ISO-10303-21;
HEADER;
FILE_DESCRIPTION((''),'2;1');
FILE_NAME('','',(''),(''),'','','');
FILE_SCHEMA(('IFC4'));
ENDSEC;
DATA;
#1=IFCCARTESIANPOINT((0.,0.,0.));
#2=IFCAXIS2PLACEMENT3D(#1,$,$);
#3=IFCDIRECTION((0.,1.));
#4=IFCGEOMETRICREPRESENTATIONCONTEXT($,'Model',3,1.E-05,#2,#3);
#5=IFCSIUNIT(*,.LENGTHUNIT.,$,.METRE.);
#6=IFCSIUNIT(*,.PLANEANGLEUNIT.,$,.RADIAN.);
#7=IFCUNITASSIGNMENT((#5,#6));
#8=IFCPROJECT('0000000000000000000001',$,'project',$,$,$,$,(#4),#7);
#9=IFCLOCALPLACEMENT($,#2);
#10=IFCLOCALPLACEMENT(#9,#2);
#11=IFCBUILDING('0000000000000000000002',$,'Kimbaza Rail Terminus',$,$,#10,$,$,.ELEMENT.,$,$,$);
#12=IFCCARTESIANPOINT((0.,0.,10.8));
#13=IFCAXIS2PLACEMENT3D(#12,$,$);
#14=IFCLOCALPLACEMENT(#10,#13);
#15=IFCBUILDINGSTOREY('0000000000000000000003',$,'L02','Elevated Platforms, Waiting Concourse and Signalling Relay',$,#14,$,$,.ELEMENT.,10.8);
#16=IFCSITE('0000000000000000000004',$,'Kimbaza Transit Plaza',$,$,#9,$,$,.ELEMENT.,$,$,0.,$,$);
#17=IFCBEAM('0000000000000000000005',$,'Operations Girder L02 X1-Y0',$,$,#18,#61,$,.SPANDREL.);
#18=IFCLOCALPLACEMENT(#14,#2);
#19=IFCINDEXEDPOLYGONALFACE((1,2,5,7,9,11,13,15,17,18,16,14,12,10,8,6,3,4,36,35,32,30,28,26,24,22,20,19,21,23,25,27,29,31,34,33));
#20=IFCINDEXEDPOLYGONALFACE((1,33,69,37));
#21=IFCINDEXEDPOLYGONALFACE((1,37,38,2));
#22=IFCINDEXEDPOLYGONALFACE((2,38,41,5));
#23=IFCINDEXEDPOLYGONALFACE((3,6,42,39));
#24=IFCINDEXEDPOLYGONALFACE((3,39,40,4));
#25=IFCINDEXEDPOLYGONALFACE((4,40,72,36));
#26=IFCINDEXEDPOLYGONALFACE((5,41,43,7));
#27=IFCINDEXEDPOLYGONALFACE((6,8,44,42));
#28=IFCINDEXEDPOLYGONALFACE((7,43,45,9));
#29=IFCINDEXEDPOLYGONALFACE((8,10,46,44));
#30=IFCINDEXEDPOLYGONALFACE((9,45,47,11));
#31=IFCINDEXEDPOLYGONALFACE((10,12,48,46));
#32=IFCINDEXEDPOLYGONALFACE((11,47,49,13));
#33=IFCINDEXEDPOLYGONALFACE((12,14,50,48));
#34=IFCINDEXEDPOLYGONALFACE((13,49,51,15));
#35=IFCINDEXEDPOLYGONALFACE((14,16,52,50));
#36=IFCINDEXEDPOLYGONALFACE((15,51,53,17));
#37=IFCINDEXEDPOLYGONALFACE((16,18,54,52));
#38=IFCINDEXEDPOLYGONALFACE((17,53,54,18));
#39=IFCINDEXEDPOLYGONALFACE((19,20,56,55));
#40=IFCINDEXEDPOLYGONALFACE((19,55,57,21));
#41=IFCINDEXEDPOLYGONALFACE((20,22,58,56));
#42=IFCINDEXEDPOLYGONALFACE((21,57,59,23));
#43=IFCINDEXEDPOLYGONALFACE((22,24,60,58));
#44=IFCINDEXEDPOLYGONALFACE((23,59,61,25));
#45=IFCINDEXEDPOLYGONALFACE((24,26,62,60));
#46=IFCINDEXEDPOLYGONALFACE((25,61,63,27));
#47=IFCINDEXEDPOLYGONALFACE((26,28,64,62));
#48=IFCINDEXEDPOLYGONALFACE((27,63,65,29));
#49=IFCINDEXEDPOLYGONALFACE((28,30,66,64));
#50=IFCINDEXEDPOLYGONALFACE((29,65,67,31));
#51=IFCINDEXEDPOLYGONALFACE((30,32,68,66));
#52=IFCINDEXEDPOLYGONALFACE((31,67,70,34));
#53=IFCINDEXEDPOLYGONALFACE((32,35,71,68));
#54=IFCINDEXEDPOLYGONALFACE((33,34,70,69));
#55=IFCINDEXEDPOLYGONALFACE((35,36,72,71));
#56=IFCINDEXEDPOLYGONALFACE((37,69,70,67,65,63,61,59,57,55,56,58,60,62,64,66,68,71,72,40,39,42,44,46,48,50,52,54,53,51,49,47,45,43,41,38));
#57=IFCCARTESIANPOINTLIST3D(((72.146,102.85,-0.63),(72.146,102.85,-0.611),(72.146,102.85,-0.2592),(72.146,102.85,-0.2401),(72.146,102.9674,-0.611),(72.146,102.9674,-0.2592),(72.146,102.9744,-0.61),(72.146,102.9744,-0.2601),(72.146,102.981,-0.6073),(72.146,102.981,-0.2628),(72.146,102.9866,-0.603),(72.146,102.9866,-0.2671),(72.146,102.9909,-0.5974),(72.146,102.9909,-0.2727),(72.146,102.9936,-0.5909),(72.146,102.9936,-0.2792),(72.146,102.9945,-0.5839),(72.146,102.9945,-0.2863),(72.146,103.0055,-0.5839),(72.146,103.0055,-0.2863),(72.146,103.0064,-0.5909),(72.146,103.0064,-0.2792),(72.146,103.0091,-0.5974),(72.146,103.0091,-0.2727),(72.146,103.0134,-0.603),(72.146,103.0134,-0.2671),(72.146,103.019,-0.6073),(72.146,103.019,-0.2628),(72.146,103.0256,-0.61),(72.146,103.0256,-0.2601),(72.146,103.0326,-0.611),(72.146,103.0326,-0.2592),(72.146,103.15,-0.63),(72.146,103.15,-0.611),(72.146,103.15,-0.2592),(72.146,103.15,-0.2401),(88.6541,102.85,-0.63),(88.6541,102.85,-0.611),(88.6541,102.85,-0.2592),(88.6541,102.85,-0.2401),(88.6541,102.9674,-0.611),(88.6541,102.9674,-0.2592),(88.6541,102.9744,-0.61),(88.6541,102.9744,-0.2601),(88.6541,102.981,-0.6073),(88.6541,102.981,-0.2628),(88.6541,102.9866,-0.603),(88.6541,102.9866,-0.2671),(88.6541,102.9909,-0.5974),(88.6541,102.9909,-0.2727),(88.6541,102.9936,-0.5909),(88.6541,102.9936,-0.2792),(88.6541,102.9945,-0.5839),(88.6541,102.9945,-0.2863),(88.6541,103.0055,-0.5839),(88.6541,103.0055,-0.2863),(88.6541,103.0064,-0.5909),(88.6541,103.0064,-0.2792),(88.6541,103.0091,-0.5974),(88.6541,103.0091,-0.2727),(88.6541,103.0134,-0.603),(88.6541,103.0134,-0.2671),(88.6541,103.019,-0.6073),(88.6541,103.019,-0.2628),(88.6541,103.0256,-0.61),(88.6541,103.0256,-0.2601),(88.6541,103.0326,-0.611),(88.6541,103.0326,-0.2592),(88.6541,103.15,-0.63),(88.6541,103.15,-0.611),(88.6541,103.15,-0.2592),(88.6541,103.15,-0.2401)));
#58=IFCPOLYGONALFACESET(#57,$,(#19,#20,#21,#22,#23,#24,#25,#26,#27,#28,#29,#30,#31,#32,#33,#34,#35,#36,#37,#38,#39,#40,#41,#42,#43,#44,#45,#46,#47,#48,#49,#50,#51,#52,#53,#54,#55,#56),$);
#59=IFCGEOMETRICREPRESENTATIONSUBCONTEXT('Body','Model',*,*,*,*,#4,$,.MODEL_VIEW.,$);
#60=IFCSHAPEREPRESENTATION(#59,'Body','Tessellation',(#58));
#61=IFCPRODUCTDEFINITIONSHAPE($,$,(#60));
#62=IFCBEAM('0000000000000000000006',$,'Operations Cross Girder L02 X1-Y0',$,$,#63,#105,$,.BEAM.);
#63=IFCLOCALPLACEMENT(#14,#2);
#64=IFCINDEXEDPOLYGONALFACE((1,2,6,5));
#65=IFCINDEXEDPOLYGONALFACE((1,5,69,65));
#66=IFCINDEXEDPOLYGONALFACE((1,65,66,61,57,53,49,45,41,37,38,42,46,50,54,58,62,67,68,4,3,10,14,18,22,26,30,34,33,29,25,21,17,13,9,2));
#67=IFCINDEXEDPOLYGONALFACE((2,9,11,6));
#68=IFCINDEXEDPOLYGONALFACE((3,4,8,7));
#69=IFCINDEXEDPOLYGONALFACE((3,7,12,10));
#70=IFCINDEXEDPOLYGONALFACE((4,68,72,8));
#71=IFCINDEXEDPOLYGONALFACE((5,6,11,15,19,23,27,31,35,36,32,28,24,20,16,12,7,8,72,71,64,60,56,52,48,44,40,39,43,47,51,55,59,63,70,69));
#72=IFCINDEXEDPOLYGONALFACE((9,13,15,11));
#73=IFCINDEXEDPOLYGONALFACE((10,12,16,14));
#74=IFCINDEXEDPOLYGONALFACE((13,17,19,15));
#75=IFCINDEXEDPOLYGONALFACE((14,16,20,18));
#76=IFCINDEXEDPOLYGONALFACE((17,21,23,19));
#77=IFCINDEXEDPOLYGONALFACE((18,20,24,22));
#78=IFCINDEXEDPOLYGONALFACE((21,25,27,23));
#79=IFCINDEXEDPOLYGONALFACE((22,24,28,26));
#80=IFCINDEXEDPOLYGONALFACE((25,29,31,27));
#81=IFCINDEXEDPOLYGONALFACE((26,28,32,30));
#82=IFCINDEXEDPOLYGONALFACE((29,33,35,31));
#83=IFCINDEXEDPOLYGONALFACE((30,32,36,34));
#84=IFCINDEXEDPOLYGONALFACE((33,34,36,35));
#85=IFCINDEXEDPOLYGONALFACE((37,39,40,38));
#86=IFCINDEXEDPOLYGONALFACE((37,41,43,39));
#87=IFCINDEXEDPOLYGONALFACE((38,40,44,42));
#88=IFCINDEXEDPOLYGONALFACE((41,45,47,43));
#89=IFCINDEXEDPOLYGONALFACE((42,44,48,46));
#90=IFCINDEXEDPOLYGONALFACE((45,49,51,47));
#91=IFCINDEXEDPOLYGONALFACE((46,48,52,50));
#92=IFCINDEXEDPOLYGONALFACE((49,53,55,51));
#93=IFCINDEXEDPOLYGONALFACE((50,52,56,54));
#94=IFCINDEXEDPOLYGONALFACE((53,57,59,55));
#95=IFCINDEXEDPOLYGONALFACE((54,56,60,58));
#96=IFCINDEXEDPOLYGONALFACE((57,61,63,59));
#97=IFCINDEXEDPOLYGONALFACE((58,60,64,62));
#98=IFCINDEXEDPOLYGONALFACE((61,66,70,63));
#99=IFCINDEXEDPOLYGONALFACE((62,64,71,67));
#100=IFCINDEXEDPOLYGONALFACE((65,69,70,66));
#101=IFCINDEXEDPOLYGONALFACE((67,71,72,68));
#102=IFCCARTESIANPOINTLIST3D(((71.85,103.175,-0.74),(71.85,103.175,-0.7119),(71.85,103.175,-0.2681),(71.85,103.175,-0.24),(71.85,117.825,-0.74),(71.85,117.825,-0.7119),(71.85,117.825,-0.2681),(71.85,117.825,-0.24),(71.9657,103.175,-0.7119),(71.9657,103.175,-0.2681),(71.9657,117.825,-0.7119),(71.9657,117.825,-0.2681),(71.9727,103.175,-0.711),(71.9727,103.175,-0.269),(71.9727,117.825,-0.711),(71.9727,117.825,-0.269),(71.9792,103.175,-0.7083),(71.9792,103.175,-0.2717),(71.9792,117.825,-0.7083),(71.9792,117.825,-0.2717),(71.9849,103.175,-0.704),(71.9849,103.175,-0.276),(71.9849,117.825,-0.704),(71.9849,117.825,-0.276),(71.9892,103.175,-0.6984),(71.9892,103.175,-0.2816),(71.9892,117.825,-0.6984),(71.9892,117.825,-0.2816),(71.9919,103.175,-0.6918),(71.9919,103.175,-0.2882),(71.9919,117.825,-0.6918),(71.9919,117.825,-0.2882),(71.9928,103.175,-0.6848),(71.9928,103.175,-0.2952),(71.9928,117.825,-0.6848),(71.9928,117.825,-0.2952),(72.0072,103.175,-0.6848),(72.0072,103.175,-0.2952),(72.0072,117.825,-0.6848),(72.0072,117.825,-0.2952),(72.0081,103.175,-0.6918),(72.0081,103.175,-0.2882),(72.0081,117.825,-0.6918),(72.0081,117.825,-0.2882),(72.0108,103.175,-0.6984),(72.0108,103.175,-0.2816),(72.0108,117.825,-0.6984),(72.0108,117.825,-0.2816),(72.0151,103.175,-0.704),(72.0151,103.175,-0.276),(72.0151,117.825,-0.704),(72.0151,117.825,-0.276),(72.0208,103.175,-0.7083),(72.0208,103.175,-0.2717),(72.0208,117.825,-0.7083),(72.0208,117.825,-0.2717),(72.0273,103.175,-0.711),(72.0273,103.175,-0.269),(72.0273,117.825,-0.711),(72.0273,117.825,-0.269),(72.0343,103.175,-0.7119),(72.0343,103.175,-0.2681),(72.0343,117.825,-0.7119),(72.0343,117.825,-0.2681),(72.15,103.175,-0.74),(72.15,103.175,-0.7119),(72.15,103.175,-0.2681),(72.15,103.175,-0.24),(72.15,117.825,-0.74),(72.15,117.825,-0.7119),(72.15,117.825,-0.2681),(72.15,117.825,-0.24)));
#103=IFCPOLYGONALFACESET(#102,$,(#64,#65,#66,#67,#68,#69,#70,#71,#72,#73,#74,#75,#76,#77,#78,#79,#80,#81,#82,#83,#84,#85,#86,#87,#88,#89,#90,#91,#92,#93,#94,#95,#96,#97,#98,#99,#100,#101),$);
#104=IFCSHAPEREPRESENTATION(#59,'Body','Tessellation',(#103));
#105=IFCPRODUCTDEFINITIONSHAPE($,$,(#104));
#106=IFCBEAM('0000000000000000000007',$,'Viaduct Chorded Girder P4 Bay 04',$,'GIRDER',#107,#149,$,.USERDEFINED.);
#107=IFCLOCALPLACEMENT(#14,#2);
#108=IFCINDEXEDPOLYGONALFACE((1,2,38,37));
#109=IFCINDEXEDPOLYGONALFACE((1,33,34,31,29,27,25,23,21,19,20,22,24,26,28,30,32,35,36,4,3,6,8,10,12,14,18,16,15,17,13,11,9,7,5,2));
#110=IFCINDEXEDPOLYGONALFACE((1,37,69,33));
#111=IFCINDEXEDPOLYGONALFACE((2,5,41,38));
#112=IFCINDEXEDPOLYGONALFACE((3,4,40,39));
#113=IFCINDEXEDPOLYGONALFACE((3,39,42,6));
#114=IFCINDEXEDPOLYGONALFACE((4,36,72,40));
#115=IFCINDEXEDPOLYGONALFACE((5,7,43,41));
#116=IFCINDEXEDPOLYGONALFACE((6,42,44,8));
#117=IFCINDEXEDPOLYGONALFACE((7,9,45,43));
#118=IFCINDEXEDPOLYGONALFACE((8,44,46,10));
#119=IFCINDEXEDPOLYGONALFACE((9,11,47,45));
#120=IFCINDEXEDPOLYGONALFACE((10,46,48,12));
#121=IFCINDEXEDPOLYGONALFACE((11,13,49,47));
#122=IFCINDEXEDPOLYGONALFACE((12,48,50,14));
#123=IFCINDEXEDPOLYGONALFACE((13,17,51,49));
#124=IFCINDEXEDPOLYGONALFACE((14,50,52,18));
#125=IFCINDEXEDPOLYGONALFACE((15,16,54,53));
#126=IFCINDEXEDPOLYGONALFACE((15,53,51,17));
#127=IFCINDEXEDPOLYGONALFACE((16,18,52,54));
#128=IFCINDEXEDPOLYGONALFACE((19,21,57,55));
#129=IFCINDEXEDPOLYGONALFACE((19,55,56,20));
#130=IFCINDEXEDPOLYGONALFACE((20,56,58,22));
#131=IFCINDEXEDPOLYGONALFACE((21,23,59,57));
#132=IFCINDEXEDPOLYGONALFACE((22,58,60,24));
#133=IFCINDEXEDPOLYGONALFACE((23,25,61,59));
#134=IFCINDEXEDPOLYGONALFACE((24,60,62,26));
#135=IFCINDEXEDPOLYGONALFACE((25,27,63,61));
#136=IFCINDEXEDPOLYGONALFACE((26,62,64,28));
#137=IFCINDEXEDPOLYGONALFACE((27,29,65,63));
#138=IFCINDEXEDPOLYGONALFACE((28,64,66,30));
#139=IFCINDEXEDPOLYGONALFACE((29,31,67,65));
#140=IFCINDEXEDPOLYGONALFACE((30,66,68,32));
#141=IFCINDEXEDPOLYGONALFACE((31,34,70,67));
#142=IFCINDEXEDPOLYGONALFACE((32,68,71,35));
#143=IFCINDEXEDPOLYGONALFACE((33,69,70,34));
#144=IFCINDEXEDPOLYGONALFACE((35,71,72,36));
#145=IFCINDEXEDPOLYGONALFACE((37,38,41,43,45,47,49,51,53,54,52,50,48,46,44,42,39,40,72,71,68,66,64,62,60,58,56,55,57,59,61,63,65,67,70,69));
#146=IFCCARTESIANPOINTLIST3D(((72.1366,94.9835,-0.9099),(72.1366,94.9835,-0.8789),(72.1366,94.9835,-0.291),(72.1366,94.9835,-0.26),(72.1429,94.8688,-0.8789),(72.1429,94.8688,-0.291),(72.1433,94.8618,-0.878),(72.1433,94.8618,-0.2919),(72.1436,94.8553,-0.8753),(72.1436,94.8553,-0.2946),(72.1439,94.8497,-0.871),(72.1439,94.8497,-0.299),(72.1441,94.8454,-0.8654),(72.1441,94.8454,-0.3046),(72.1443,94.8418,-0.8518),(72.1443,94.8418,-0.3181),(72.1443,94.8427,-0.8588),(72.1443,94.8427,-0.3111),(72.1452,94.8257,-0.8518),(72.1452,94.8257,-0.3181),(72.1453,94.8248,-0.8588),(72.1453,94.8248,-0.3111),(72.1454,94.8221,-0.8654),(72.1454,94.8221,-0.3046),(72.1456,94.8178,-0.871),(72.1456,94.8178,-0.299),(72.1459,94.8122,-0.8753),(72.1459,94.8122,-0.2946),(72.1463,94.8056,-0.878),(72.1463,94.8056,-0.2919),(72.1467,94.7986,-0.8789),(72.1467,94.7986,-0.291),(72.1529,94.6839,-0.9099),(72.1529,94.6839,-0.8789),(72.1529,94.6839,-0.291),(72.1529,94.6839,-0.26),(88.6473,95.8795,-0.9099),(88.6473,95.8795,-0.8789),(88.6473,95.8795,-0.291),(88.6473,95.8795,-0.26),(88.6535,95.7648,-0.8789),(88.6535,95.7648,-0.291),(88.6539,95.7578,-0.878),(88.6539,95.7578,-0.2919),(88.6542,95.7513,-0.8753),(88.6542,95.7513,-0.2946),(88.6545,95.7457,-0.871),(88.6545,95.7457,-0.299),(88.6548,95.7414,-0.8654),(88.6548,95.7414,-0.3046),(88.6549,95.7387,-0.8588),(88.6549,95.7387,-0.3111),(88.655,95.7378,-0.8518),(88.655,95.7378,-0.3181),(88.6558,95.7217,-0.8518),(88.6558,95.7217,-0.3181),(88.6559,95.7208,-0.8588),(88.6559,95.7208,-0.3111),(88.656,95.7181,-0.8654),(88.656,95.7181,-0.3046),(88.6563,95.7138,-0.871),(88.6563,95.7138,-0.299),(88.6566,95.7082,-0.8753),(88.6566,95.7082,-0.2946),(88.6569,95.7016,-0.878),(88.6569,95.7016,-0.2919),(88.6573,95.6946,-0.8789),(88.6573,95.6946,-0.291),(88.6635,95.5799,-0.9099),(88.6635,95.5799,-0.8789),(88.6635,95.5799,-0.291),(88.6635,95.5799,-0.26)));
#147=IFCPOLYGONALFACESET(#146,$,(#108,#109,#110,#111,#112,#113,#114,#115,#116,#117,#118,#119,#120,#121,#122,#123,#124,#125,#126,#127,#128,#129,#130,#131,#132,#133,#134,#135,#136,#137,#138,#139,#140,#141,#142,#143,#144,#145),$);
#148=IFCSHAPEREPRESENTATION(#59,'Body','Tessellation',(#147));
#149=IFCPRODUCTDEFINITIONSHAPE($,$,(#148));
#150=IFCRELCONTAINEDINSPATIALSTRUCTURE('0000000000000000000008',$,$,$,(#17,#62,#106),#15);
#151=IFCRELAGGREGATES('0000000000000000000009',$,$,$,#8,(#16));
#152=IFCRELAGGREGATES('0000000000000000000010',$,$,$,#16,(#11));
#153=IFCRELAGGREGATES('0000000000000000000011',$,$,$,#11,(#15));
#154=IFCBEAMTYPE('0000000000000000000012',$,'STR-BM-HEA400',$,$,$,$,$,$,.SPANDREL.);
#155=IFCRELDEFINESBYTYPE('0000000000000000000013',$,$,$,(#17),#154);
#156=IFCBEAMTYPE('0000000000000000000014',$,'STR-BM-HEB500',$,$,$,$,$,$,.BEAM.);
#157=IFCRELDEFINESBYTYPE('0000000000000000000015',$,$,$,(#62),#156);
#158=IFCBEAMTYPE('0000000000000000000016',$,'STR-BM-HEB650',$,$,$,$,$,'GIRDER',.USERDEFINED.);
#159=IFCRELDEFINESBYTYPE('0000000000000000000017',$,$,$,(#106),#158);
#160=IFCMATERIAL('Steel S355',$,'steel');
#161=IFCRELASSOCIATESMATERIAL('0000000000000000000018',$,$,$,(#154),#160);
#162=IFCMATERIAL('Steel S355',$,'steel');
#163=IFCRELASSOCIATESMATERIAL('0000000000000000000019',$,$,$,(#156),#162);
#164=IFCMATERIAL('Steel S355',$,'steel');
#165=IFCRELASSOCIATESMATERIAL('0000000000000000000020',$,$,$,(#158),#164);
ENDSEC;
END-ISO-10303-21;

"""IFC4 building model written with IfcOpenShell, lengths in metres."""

from ifc_helpers import new_model, si_unit, direction, frame, origin, origin_2d, place, context, subcontext, project, spatial, i_section, extrude, material, material_profile, profile_set, type_object, element, save


model = new_model("IFC4")

# Units and contexts
model_context = context("Model", 3, precision=1e-05, world=origin(), true_north=direction((0.0, 1.0)))
body_context = subcontext(model_context, "Body", "Model", "MODEL_VIEW")
ifc_project = project(units=[si_unit("LENGTHUNIT", "METRE"), si_unit("PLANEANGLEUNIT", "RADIAN")], contexts=[model_context])

# Site, building, storey
site_placement = place(None, origin())
site = spatial("IfcSite", under=ifc_project, at=site_placement, Name="Kimbaza Transit Plaza", CompositionType="ELEMENT", RefElevation=0.0)
building_placement = place(site_placement, origin())
building = spatial("IfcBuilding", under=site, at=building_placement, Name="Kimbaza Rail Terminus", CompositionType="ELEMENT")
storey_placement = place(building_placement, frame((0.0, 0.0, 10.8)))
storey = spatial("IfcBuildingStorey", under=building, at=storey_placement, Name="L02", Description="Elevated Platforms, Waiting Concourse and Signalling Relay", CompositionType="ELEMENT", Elevation=10.8)

# Beams
ifc_material_1 = material(Name="Steel S355", Category="steel")
ifc_material_profile_1 = material_profile(ifc_material_1, i_section(OverallWidth=0.3, OverallDepth=0.3899, WebThickness=0.011, FlangeThickness=0.019, FilletRadius=0.0271, at=origin_2d()), Name="HEA 400")
ifc_profile_set_1 = profile_set([ifc_material_profile_1], Name="Steel S355")
beam_type_1 = type_object("IfcBeamType", Name="STR-BM-HEA400", PredefinedType="SPANDREL", material=ifc_profile_set_1)
beam_1_placement = place(storey_placement, frame((72.146, 103.0, -0.4351), z_axis=(1.0, 0.0, 0.0), x_axis=(0.0, 1.0, 0.0)))
element("IfcBeam", 1, at=beam_1_placement, inside=storey, type_object=beam_type_1, Name="Operations Girder L02 X1-Y0", PredefinedType="SPANDREL", context=body_context, shape_type="SweptSolid", body=[
    extrude(i_section(OverallWidth=0.3, OverallDepth=0.3899, WebThickness=0.011, FlangeThickness=0.019, FilletRadius=0.0271, at=origin_2d()), origin(), (0.0, 0.0, 1.0), 16.5081),
])
ifc_material_2 = material(Name="Steel S355", Category="steel")
ifc_material_profile_2 = material_profile(ifc_material_2, i_section(OverallWidth=0.3, OverallDepth=0.5, WebThickness=0.0144, FlangeThickness=0.0281, FilletRadius=0.0271, at=origin_2d()), Name="HEB 500")
ifc_profile_set_2 = profile_set([ifc_material_profile_2], Name="Steel S355")
beam_type_2 = type_object("IfcBeamType", Name="STR-BM-HEB500", PredefinedType="BEAM", material=ifc_profile_set_2)
beam_2_placement = place(storey_placement, frame((72.0, 103.175, -0.49), z_axis=(0.0, 1.0, 0.0), x_axis=(-1.0, 0.0, 0.0)))
element("IfcBeam", 2, at=beam_2_placement, inside=storey, type_object=beam_type_2, Name="Operations Cross Girder L02 X1-Y0", PredefinedType="BEAM", context=body_context, shape_type="SweptSolid", body=[
    extrude(i_section(OverallWidth=0.3, OverallDepth=0.5, WebThickness=0.0144, FlangeThickness=0.0281, FilletRadius=0.0271, at=origin_2d()), origin(), (0.0, 0.0, 1.0), 14.6499),
])
ifc_material_3 = material(Name="Steel S355", Category="steel")
ifc_material_profile_3 = material_profile(ifc_material_3, i_section(OverallWidth=0.3, OverallDepth=0.6499, WebThickness=0.0161, FlangeThickness=0.031, FilletRadius=0.0271, at=origin_2d()), Name="HEB 650")
ifc_profile_set_3 = profile_set([ifc_material_profile_3], Name="Steel S355")
beam_type_3 = type_object("IfcBeamType", Name="STR-BM-HEB650", ElementType="GIRDER", PredefinedType="USERDEFINED", material=ifc_profile_set_3)
beam_3_placement = place(storey_placement, frame((72.1448, 94.8337, -0.585), z_axis=(0.998531, 0.054189, 0.0), x_axis=(-0.054189, 0.998531, 0.0)))
element("IfcBeam", 3, at=beam_3_placement, inside=storey, type_object=beam_type_3, Name="Viaduct Chorded Girder P4 Bay 04", ObjectType="GIRDER", PredefinedType="USERDEFINED", context=body_context, shape_type="SweptSolid", body=[
    extrude(i_section(OverallWidth=0.3, OverallDepth=0.6499, WebThickness=0.0161, FlangeThickness=0.031, FilletRadius=0.0271, at=origin_2d()), origin(), (0.0, 0.0, 1.0), 16.5349),
])

save(model, "model.ifc")
